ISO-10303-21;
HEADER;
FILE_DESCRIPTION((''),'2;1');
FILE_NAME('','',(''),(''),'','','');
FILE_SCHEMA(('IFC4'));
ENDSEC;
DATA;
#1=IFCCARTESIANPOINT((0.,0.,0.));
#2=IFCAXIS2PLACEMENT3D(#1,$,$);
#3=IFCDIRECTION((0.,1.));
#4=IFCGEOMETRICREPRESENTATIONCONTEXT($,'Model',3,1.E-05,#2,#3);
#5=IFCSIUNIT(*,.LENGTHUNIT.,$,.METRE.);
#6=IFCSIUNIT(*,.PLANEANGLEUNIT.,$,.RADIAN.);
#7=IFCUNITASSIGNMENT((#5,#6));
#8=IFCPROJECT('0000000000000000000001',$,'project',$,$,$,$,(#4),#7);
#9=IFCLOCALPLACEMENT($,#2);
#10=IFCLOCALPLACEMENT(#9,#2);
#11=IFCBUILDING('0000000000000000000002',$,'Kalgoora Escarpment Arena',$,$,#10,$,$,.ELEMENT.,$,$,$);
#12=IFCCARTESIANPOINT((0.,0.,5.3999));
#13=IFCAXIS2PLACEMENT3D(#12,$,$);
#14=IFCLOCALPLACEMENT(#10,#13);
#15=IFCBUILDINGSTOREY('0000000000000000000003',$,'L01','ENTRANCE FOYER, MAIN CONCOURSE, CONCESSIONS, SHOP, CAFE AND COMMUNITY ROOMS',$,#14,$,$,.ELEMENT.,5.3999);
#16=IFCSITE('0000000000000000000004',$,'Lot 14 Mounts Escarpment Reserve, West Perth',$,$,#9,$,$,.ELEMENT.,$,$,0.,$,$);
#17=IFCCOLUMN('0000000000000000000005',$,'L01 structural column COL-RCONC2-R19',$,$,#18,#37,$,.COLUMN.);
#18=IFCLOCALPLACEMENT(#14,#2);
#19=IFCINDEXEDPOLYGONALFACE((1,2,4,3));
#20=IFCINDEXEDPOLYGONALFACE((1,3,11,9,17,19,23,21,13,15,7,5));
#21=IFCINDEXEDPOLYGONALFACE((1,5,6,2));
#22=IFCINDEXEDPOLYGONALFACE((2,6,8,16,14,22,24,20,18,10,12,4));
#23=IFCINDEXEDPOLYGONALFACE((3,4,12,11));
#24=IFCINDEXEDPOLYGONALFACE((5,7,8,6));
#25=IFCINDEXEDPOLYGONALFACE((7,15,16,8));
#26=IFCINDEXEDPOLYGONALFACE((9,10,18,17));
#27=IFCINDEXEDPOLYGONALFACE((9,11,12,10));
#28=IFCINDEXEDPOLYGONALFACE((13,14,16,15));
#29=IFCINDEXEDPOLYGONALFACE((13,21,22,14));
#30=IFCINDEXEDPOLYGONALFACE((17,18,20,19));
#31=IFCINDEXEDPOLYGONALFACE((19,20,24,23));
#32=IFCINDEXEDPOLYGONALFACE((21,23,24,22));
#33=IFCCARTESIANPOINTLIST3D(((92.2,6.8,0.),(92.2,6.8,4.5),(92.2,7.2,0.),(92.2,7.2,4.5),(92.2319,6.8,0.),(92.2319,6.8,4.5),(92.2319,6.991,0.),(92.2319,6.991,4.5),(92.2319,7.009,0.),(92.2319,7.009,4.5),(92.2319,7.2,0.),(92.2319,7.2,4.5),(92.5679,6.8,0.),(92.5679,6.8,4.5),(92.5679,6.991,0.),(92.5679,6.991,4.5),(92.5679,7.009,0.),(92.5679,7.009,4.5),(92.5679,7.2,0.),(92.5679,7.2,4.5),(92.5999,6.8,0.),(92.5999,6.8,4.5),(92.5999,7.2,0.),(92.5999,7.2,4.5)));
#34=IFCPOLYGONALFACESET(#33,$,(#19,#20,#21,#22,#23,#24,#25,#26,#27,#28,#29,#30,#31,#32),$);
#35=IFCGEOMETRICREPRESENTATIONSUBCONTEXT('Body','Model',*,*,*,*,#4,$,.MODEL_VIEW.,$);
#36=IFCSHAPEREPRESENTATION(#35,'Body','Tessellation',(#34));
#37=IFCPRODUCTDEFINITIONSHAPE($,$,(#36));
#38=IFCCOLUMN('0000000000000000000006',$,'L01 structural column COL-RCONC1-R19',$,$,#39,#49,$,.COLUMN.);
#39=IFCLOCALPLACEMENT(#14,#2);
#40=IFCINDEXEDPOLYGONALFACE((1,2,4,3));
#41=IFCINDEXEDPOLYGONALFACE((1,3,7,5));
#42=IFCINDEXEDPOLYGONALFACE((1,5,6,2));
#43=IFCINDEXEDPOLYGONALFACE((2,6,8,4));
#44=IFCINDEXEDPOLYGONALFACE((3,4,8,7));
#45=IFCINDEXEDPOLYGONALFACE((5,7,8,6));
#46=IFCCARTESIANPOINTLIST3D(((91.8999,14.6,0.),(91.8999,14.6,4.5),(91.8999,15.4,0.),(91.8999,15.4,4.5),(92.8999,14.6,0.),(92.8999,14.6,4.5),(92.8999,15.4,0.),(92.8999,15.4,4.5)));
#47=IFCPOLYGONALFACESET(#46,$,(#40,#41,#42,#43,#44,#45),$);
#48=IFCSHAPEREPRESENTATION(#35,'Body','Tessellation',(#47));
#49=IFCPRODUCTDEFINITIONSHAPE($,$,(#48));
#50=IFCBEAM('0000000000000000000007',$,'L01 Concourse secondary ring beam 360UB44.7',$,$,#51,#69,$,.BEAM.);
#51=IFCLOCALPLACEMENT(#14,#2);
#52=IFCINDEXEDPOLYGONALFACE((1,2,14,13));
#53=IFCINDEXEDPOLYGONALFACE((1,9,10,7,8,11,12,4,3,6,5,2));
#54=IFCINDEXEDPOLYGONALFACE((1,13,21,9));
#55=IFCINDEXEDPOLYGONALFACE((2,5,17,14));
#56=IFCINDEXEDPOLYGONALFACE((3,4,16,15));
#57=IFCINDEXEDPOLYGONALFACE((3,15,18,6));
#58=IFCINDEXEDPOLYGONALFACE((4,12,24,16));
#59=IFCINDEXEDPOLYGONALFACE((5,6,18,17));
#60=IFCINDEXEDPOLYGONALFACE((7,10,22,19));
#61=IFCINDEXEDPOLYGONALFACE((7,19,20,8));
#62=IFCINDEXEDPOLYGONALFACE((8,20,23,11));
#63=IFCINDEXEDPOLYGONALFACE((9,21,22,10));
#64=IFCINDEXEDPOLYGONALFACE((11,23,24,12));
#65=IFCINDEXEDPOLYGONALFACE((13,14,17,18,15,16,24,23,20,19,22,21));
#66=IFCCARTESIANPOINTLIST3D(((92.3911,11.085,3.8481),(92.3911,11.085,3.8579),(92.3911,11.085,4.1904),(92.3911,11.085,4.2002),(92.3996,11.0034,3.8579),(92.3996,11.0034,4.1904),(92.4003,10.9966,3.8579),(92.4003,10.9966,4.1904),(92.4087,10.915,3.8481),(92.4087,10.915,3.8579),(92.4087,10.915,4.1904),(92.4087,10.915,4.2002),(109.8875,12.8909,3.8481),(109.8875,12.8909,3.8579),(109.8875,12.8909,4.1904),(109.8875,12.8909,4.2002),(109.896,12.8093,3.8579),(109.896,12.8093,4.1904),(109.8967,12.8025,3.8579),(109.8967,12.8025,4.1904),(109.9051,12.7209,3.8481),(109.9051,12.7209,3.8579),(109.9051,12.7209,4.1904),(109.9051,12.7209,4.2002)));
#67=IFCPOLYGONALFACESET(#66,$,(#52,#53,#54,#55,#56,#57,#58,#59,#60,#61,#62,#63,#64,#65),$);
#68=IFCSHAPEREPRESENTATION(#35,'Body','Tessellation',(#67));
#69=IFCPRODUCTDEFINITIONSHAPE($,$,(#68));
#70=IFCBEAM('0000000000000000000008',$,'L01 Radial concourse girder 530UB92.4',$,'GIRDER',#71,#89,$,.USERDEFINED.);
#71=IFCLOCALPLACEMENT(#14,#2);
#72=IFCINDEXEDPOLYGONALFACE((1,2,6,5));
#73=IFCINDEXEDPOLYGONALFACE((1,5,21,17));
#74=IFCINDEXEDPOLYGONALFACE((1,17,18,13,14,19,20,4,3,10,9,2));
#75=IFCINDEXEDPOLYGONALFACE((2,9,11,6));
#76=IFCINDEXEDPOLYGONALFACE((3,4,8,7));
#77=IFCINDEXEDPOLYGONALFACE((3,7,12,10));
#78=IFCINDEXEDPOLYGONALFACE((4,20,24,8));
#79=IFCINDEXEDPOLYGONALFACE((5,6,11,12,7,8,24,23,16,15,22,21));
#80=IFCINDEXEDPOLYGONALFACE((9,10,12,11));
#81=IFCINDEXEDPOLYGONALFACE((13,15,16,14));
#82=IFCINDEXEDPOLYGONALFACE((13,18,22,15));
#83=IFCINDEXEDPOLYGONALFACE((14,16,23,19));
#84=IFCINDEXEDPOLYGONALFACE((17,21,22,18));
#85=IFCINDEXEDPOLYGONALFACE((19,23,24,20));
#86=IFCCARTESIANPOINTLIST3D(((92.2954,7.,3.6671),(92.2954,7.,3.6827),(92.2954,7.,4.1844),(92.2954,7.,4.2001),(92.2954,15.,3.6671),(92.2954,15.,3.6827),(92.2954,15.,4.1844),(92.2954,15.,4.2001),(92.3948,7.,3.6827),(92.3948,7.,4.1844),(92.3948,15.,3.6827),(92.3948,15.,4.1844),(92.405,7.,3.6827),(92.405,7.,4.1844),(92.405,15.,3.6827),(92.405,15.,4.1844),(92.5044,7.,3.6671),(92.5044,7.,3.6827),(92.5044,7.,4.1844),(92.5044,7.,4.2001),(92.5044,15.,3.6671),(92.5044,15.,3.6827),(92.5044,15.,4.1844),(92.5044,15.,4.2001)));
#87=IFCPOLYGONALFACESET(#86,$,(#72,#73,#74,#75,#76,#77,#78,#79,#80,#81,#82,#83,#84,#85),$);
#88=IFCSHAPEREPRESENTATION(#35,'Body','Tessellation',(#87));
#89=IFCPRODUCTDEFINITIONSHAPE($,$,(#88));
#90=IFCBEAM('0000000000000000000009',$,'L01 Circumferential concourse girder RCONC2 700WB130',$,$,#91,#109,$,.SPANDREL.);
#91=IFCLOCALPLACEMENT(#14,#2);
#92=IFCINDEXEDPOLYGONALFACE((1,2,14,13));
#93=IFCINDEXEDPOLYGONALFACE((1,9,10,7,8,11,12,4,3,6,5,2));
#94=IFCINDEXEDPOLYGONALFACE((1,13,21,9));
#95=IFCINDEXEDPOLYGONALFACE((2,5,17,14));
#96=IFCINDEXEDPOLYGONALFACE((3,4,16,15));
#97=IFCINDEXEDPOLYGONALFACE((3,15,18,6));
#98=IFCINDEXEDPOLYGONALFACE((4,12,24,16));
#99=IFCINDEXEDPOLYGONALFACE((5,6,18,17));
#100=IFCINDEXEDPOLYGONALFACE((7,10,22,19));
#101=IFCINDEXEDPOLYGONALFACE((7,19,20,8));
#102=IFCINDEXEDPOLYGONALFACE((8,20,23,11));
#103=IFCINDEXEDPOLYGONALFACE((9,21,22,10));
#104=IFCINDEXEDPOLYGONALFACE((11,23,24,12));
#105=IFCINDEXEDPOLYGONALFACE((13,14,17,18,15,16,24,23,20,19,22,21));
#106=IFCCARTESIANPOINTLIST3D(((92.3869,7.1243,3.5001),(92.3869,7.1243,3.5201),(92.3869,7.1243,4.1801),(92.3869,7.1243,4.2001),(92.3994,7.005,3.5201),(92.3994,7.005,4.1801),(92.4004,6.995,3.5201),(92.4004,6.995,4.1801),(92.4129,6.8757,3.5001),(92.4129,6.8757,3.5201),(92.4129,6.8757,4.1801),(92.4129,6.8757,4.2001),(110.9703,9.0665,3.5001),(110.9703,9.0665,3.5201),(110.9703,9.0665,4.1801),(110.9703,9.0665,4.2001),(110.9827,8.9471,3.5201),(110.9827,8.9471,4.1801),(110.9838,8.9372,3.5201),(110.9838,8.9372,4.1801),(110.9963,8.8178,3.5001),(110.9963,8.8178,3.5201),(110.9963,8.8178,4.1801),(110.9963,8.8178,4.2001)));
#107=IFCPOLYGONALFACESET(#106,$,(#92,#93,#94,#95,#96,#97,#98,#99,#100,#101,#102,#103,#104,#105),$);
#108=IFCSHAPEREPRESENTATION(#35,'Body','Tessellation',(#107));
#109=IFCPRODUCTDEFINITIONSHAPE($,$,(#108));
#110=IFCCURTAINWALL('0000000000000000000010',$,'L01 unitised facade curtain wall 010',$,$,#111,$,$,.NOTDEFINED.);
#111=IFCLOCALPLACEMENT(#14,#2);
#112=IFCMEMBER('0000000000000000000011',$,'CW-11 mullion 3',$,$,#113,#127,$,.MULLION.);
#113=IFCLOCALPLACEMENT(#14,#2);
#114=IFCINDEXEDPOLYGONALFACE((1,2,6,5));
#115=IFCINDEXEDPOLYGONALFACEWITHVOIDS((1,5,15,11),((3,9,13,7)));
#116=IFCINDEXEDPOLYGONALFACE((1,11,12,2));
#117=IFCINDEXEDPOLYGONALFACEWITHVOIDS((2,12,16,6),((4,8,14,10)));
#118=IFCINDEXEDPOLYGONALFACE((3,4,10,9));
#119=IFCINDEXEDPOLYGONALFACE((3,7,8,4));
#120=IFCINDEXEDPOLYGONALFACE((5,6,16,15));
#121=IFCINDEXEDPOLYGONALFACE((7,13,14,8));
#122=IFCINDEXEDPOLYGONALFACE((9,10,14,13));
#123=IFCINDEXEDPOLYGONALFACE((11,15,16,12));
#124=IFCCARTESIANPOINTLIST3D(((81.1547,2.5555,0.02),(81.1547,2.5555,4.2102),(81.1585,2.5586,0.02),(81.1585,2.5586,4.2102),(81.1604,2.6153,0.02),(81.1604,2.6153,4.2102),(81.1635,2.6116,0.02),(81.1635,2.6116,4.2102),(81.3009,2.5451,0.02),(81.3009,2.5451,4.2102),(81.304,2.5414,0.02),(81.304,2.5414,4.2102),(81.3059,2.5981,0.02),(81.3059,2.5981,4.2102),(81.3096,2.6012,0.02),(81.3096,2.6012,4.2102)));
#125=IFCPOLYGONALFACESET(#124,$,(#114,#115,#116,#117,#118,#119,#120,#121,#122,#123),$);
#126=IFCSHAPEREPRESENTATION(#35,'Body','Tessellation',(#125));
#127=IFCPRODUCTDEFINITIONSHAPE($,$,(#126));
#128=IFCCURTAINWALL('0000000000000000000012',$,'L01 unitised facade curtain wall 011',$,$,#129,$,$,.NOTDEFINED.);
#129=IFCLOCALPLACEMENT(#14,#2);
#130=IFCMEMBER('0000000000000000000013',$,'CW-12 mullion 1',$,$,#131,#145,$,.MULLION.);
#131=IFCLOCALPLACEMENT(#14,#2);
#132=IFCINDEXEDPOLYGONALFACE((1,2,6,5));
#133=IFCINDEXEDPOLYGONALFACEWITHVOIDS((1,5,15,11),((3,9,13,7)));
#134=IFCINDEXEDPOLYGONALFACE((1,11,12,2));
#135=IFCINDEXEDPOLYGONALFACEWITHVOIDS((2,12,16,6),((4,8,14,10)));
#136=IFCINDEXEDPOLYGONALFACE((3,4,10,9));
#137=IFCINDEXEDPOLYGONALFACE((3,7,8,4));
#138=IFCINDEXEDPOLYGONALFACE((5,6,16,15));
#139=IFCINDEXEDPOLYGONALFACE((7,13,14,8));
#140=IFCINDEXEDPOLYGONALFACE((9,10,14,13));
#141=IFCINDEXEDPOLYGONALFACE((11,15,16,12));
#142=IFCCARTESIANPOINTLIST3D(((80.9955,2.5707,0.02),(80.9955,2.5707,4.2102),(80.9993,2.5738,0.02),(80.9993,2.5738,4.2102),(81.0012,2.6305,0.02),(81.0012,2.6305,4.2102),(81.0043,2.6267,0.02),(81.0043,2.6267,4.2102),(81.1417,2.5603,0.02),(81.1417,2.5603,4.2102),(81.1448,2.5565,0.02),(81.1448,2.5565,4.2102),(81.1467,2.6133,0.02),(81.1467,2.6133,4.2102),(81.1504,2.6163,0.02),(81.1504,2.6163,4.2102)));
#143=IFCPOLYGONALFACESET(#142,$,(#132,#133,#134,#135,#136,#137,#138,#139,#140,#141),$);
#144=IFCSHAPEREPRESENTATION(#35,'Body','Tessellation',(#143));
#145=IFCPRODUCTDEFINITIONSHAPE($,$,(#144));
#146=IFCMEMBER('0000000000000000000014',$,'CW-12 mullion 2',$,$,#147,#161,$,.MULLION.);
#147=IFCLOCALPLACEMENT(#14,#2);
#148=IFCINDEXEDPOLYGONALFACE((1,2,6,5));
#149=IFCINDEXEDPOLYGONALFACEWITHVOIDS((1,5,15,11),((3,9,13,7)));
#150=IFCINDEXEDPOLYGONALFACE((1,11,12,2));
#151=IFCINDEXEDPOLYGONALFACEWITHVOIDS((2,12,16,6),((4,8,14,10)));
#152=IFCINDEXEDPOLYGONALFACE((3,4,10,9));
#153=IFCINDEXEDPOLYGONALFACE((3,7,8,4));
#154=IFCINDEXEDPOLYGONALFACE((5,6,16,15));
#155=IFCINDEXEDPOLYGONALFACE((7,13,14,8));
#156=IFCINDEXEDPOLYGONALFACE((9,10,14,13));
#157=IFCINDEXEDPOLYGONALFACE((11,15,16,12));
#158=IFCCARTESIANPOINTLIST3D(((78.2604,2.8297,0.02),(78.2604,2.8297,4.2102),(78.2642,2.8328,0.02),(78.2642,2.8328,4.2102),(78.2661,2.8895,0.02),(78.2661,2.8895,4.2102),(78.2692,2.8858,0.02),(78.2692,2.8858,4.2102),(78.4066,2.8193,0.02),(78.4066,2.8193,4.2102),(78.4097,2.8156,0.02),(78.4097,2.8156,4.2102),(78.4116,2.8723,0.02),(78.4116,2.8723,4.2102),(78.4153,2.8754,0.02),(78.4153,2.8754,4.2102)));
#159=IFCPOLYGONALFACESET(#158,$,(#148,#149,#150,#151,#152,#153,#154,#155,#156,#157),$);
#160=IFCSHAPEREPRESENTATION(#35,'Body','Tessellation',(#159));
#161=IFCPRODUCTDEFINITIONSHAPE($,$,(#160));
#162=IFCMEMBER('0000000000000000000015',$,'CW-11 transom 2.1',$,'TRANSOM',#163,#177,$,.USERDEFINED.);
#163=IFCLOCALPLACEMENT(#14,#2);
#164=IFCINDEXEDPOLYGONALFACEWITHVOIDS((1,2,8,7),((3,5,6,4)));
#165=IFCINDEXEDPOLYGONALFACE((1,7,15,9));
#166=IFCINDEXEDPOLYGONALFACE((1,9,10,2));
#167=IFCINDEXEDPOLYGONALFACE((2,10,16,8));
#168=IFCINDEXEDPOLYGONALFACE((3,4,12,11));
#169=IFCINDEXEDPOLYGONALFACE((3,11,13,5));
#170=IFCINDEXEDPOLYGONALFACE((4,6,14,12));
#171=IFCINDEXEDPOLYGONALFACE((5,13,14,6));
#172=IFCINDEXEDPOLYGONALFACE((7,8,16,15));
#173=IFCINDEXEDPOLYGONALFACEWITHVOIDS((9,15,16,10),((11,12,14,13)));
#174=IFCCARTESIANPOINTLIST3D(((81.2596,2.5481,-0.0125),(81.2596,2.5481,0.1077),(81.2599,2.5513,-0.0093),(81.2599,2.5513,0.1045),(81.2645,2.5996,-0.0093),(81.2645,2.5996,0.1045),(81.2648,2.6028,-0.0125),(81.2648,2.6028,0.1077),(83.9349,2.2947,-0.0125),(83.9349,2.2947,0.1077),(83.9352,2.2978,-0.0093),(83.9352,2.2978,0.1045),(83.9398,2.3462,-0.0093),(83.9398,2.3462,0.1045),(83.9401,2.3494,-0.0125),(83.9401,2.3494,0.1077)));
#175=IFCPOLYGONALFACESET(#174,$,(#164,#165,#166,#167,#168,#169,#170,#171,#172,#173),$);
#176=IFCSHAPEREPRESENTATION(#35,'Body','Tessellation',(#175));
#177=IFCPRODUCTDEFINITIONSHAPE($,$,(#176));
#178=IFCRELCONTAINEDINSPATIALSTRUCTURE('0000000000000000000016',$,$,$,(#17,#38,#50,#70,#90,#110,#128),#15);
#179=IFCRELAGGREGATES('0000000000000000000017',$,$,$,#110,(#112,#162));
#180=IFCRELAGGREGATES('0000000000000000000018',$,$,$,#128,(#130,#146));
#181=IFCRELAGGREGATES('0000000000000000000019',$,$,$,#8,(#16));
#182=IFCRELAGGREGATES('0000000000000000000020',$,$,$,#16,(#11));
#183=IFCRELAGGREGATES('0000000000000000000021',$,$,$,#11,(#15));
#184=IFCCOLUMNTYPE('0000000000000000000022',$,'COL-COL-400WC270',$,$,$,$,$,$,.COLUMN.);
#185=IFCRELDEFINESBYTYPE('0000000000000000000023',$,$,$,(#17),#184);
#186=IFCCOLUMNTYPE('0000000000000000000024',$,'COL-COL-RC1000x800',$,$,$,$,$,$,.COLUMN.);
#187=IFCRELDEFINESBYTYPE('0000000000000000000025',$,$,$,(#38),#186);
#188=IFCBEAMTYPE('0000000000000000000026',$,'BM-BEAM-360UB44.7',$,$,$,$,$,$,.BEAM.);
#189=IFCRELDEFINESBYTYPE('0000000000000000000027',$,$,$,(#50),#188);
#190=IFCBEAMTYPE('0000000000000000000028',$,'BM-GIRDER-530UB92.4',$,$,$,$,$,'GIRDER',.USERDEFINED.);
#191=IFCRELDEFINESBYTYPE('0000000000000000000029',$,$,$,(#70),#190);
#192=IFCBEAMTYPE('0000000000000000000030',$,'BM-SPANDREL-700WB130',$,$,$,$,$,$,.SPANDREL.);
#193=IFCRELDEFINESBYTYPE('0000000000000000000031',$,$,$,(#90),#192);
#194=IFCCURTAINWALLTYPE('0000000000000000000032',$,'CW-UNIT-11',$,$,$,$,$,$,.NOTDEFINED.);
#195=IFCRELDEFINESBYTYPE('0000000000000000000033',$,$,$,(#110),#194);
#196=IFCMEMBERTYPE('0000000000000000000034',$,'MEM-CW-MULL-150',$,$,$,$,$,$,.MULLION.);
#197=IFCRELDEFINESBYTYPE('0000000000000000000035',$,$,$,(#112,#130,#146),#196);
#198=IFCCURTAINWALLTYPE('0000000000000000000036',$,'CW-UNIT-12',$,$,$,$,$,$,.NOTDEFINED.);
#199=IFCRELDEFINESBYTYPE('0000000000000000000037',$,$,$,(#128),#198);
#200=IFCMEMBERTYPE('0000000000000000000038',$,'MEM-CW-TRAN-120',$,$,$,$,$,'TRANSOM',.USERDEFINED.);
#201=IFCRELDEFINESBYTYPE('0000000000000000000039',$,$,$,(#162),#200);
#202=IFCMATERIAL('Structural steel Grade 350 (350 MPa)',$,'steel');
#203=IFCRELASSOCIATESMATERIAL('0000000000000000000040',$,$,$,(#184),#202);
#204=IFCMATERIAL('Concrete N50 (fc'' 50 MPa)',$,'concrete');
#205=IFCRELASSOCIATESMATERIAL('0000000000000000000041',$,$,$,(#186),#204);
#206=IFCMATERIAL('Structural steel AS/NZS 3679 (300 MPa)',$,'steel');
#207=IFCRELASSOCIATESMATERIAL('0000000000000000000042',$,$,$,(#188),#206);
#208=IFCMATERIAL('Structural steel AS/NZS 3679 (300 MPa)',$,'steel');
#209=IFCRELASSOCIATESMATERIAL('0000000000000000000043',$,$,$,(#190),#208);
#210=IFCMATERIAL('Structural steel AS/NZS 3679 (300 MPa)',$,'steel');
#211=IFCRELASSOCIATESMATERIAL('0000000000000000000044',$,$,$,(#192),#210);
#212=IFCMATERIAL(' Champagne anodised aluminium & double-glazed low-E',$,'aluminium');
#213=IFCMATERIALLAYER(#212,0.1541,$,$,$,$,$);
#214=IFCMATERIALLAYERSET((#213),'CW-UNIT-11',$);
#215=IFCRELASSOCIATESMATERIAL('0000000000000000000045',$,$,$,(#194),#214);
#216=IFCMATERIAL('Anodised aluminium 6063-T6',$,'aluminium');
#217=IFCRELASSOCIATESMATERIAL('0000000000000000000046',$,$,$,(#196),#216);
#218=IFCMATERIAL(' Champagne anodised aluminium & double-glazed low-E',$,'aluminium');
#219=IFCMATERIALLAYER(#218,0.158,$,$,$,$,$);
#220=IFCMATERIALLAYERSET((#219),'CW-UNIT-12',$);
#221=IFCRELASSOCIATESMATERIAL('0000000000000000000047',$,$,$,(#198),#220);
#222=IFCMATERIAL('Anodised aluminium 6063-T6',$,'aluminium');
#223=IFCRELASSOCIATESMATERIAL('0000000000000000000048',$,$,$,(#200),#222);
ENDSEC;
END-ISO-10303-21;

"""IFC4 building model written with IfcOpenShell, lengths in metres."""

from ifc_helpers import new_model, si_unit, direction, frame, origin, origin_2d, place, context, subcontext, project, spatial, rectangle, hollow_rectangle, i_section, extrude, material, layer, layer_set, material_profile, profile_set, type_object, element, aggregate, save


model = new_model("IFC4")

# Units and contexts
model_context = context("Model", 3, precision=1e-05, world=origin(), true_north=direction((0.0, 1.0)))
body_context = subcontext(model_context, "Body", "Model", "MODEL_VIEW")
ifc_project = project(units=[si_unit("LENGTHUNIT", "METRE"), si_unit("PLANEANGLEUNIT", "RADIAN")], contexts=[model_context])

# Site, building, storey
site_placement = place(None, origin())
site = spatial("IfcSite", under=ifc_project, at=site_placement, Name="Lot 14 Mounts Escarpment Reserve, West Perth", CompositionType="ELEMENT", RefElevation=0.0)
building_placement = place(site_placement, origin())
building = spatial("IfcBuilding", under=site, at=building_placement, Name="Kalgoora Escarpment Arena", CompositionType="ELEMENT")
storey_placement = place(building_placement, frame((0.0, 0.0, 5.3999)))
storey = spatial("IfcBuildingStorey", under=building, at=storey_placement, Name="L01", Description="ENTRANCE FOYER, MAIN CONCOURSE, CONCESSIONS, SHOP, CAFE AND COMMUNITY ROOMS", CompositionType="ELEMENT", Elevation=5.3999)

# Columns
ifc_material_1 = material(Name="Structural steel Grade 350 (350 MPa)", Category="steel")
ifc_material_profile_1 = material_profile(ifc_material_1, i_section(OverallWidth=0.3999, OverallDepth=0.3999, WebThickness=0.0181, FlangeThickness=0.032, at=origin_2d()))
ifc_profile_set_1 = profile_set([ifc_material_profile_1], Name="Structural steel Grade 350 (350 MPa)")
column_type_1 = type_object("IfcColumnType", Name="COL-COL-400WC270", PredefinedType="COLUMN", material=ifc_profile_set_1)
column_1_placement = place(storey_placement, frame((92.3999, 7.0, 0.0), z_axis=(0.0, 0.0, 1.0), x_axis=(0.0, -1.0, 0.0)))
element("IfcColumn", 1, at=column_1_placement, inside=storey, type_object=column_type_1, Name="L01 structural column COL-RCONC2-R19", PredefinedType="COLUMN", context=body_context, shape_type="SweptSolid", body=[
    extrude(i_section(OverallWidth=0.3999, OverallDepth=0.3999, WebThickness=0.0181, FlangeThickness=0.032, at=origin_2d()), origin(), (0.0, 0.0, 1.0), 4.5),
])
ifc_material_2 = material(Name="Concrete N50 (fc' 50 MPa)", Category="concrete")
ifc_material_profile_2 = material_profile(ifc_material_2, rectangle(XDim=0.8, YDim=1.0, at=origin_2d()))
ifc_profile_set_2 = profile_set([ifc_material_profile_2], Name="Concrete N50 (fc' 50 MPa)")
column_type_2 = type_object("IfcColumnType", Name="COL-COL-RC1000x800", PredefinedType="COLUMN", material=ifc_profile_set_2)
column_2_placement = place(storey_placement, frame((92.3999, 15.0, 0.0), z_axis=(0.0, 0.0, 1.0), x_axis=(0.0, -1.0, 0.0)))
element("IfcColumn", 2, at=column_2_placement, inside=storey, type_object=column_type_2, Name="L01 structural column COL-RCONC1-R19", PredefinedType="COLUMN", context=body_context, shape_type="SweptSolid", body=[
    extrude(rectangle(XDim=0.8, YDim=1.0, at=origin_2d()), origin(), (0.0, 0.0, 1.0), 4.5),
])

# Beams
ifc_material_3 = material(Name="Structural steel AS/NZS 3679 (300 MPa)", Category="steel")
ifc_material_profile_3 = material_profile(ifc_material_3, i_section(OverallWidth=0.1709, OverallDepth=0.3521, WebThickness=0.0068, FlangeThickness=0.0098, at=origin_2d()))
ifc_profile_set_3 = profile_set([ifc_material_profile_3], Name="Structural steel AS/NZS 3679 (300 MPa)")
beam_type_1 = type_object("IfcBeamType", Name="BM-BEAM-360UB44.7", PredefinedType="BEAM", material=ifc_profile_set_3)
beam_1_placement = place(storey_placement, frame((92.3999, 11.0, 4.0242), z_axis=(0.994715, 0.102671, 0.0), x_axis=(-0.102671, 0.994715, 0.0)))
element("IfcBeam", 3, at=beam_1_placement, inside=storey, type_object=beam_type_1, Name="L01 Concourse secondary ring beam 360UB44.7", PredefinedType="BEAM", context=body_context, shape_type="SweptSolid", body=[
    extrude(i_section(OverallWidth=0.1709, OverallDepth=0.3521, WebThickness=0.0068, FlangeThickness=0.0098, at=origin_2d()), origin(), (0.0, 0.0, 1.0), 17.5894),
])
ifc_material_4 = material(Name="Structural steel AS/NZS 3679 (300 MPa)", Category="steel")
ifc_material_profile_4 = material_profile(ifc_material_4, i_section(OverallWidth=0.209, OverallDepth=0.533, WebThickness=0.0103, FlangeThickness=0.0156, at=origin_2d()))
ifc_profile_set_4 = profile_set([ifc_material_profile_4], Name="Structural steel AS/NZS 3679 (300 MPa)")
beam_type_2 = type_object("IfcBeamType", Name="BM-GIRDER-530UB92.4", ElementType="GIRDER", PredefinedType="USERDEFINED", material=ifc_profile_set_4)
beam_2_placement = place(storey_placement, frame((92.3999, 15.0, 3.9336), z_axis=(0.0, -1.0, 0.0), x_axis=(1.0, 0.0, 0.0)))
element("IfcBeam", 4, at=beam_2_placement, inside=storey, type_object=beam_type_2, Name="L01 Radial concourse girder 530UB92.4", ObjectType="GIRDER", PredefinedType="USERDEFINED", context=body_context, shape_type="SweptSolid", body=[
    extrude(i_section(OverallWidth=0.209, OverallDepth=0.533, WebThickness=0.0103, FlangeThickness=0.0156, at=origin_2d()), origin(), (0.0, 0.0, 1.0), 8.0),
])
ifc_material_5 = material(Name="Structural steel AS/NZS 3679 (300 MPa)", Category="steel")
ifc_material_profile_5 = material_profile(ifc_material_5, i_section(OverallWidth=0.25, OverallDepth=0.7, WebThickness=0.01, FlangeThickness=0.02, at=origin_2d()))
ifc_profile_set_5 = profile_set([ifc_material_profile_5], Name="Structural steel AS/NZS 3679 (300 MPa)")
beam_type_3 = type_object("IfcBeamType", Name="BM-SPANDREL-700WB130", PredefinedType="SPANDREL", material=ifc_profile_set_5)
beam_3_placement = place(storey_placement, frame((92.3999, 7.0, 3.8501), z_axis=(0.994583, 0.103944, 0.0), x_axis=(-0.103944, 0.994583, 0.0)))
element("IfcBeam", 5, at=beam_3_placement, inside=storey, type_object=beam_type_3, Name="L01 Circumferential concourse girder RCONC2 700WB130", PredefinedType="SPANDREL", context=body_context, shape_type="SweptSolid", body=[
    extrude(i_section(OverallWidth=0.25, OverallDepth=0.7, WebThickness=0.01, FlangeThickness=0.02, at=origin_2d()), origin(), (0.0, 0.0, 1.0), 18.6846),
])

# Curtain wall, member
ifc_material_6 = material(Name=" Champagne anodised aluminium & double-glazed low-E", Category="aluminium")
ifc_layer_1 = layer(ifc_material_6, 0.1541)
ifc_layer_set_1 = layer_set([ifc_layer_1], Name="CW-UNIT-11")
curtain_wall_type_1 = type_object("IfcCurtainWallType", Name="CW-UNIT-11", PredefinedType="NOTDEFINED", material=ifc_layer_set_1)
curtain_wall_1_placement = place(storey_placement, origin())
curtain_wall_1 = element("IfcCurtainWall", 6, at=curtain_wall_1_placement, inside=storey, type_object=curtain_wall_type_1, Name="L01 unitised facade curtain wall 010", PredefinedType="NOTDEFINED")
ifc_material_7 = material(Name="Anodised aluminium 6063-T6", Category="aluminium")
ifc_material_profile_6 = material_profile(ifc_material_7, hollow_rectangle(XDim=0.0601, YDim=0.1499, WallThickness=0.0034, at=origin_2d()))
ifc_profile_set_6 = profile_set([ifc_material_profile_6], Name="Anodised aluminium 6063-T6")
member_type_1 = type_object("IfcMemberType", Name="MEM-CW-MULL-150", PredefinedType="MULLION", material=ifc_profile_set_6)
member_1_placement = place(storey_placement, frame((81.2322, 2.5784, 0.02), z_axis=(0.0, 0.0, 1.0), x_axis=(-0.094301, -0.995544, 0.0)))
member_1 = element("IfcMember", 7, at=member_1_placement, type_object=member_type_1, Name="CW-11 mullion 3", PredefinedType="MULLION", context=body_context, shape_type="SweptSolid", body=[
    extrude(hollow_rectangle(XDim=0.0601, YDim=0.1499, WallThickness=0.0034, at=origin_2d()), origin(), (0.0, 0.0, 1.0), 4.1902),
])

# Curtain wall, members
ifc_material_8 = material(Name=" Champagne anodised aluminium & double-glazed low-E", Category="aluminium")
ifc_layer_2 = layer(ifc_material_8, 0.158)
ifc_layer_set_2 = layer_set([ifc_layer_2], Name="CW-UNIT-12")
curtain_wall_type_2 = type_object("IfcCurtainWallType", Name="CW-UNIT-12", PredefinedType="NOTDEFINED", material=ifc_layer_set_2)
curtain_wall_2_placement = place(storey_placement, origin())
curtain_wall_2 = element("IfcCurtainWall", 8, at=curtain_wall_2_placement, inside=storey, type_object=curtain_wall_type_2, Name="L01 unitised facade curtain wall 011", PredefinedType="NOTDEFINED")
member_2_placement = place(storey_placement, frame((81.073, 2.5935, 0.02), z_axis=(0.0, 0.0, 1.0), x_axis=(-0.094301, -0.995544, 0.0)))
member_2 = element("IfcMember", 9, at=member_2_placement, type_object=member_type_1, Name="CW-12 mullion 1", PredefinedType="MULLION", context=body_context, shape_type="SweptSolid", body=[
    extrude(hollow_rectangle(XDim=0.0601, YDim=0.1499, WallThickness=0.0034, at=origin_2d()), origin(), (0.0, 0.0, 1.0), 4.1902),
])
member_3_placement = place(storey_placement, frame((78.3379, 2.8525, 0.02), z_axis=(0.0, 0.0, 1.0), x_axis=(-0.094301, -0.995544, 0.0)))
member_3 = element("IfcMember", 10, at=member_3_placement, type_object=member_type_1, Name="CW-12 mullion 2", PredefinedType="MULLION", context=body_context, shape_type="SweptSolid", body=[
    extrude(hollow_rectangle(XDim=0.0601, YDim=0.1499, WallThickness=0.0034, at=origin_2d()), origin(), (0.0, 0.0, 1.0), 4.1902),
])

# Member
ifc_material_9 = material(Name="Anodised aluminium 6063-T6", Category="aluminium")
ifc_material_profile_7 = material_profile(ifc_material_9, hollow_rectangle(XDim=0.0549, YDim=0.1201, WallThickness=0.0032, at=origin_2d()))
ifc_profile_set_7 = profile_set([ifc_material_profile_7], Name="Anodised aluminium 6063-T6")
member_type_2 = type_object("IfcMemberType", Name="MEM-CW-TRAN-120", ElementType="TRANSOM", PredefinedType="USERDEFINED", material=ifc_profile_set_7)
member_4_placement = place(storey_placement, frame((83.9375, 2.322, 0.0476), z_axis=(-0.995544, 0.094303, 0.0), x_axis=(-0.094303, -0.995544, 0.0)))
member_4 = element("IfcMember", 11, at=member_4_placement, type_object=member_type_2, Name="CW-11 transom 2.1", ObjectType="TRANSOM", PredefinedType="USERDEFINED", context=body_context, shape_type="SweptSolid", body=[
    extrude(hollow_rectangle(XDim=0.0549, YDim=0.1201, WallThickness=0.0032, at=origin_2d()), origin(), (0.0, 0.0, 1.0), 2.6873),
])

aggregate(curtain_wall_1, [member_1, member_4])
aggregate(curtain_wall_2, [member_2, member_3])

save(model, "model.ifc")
